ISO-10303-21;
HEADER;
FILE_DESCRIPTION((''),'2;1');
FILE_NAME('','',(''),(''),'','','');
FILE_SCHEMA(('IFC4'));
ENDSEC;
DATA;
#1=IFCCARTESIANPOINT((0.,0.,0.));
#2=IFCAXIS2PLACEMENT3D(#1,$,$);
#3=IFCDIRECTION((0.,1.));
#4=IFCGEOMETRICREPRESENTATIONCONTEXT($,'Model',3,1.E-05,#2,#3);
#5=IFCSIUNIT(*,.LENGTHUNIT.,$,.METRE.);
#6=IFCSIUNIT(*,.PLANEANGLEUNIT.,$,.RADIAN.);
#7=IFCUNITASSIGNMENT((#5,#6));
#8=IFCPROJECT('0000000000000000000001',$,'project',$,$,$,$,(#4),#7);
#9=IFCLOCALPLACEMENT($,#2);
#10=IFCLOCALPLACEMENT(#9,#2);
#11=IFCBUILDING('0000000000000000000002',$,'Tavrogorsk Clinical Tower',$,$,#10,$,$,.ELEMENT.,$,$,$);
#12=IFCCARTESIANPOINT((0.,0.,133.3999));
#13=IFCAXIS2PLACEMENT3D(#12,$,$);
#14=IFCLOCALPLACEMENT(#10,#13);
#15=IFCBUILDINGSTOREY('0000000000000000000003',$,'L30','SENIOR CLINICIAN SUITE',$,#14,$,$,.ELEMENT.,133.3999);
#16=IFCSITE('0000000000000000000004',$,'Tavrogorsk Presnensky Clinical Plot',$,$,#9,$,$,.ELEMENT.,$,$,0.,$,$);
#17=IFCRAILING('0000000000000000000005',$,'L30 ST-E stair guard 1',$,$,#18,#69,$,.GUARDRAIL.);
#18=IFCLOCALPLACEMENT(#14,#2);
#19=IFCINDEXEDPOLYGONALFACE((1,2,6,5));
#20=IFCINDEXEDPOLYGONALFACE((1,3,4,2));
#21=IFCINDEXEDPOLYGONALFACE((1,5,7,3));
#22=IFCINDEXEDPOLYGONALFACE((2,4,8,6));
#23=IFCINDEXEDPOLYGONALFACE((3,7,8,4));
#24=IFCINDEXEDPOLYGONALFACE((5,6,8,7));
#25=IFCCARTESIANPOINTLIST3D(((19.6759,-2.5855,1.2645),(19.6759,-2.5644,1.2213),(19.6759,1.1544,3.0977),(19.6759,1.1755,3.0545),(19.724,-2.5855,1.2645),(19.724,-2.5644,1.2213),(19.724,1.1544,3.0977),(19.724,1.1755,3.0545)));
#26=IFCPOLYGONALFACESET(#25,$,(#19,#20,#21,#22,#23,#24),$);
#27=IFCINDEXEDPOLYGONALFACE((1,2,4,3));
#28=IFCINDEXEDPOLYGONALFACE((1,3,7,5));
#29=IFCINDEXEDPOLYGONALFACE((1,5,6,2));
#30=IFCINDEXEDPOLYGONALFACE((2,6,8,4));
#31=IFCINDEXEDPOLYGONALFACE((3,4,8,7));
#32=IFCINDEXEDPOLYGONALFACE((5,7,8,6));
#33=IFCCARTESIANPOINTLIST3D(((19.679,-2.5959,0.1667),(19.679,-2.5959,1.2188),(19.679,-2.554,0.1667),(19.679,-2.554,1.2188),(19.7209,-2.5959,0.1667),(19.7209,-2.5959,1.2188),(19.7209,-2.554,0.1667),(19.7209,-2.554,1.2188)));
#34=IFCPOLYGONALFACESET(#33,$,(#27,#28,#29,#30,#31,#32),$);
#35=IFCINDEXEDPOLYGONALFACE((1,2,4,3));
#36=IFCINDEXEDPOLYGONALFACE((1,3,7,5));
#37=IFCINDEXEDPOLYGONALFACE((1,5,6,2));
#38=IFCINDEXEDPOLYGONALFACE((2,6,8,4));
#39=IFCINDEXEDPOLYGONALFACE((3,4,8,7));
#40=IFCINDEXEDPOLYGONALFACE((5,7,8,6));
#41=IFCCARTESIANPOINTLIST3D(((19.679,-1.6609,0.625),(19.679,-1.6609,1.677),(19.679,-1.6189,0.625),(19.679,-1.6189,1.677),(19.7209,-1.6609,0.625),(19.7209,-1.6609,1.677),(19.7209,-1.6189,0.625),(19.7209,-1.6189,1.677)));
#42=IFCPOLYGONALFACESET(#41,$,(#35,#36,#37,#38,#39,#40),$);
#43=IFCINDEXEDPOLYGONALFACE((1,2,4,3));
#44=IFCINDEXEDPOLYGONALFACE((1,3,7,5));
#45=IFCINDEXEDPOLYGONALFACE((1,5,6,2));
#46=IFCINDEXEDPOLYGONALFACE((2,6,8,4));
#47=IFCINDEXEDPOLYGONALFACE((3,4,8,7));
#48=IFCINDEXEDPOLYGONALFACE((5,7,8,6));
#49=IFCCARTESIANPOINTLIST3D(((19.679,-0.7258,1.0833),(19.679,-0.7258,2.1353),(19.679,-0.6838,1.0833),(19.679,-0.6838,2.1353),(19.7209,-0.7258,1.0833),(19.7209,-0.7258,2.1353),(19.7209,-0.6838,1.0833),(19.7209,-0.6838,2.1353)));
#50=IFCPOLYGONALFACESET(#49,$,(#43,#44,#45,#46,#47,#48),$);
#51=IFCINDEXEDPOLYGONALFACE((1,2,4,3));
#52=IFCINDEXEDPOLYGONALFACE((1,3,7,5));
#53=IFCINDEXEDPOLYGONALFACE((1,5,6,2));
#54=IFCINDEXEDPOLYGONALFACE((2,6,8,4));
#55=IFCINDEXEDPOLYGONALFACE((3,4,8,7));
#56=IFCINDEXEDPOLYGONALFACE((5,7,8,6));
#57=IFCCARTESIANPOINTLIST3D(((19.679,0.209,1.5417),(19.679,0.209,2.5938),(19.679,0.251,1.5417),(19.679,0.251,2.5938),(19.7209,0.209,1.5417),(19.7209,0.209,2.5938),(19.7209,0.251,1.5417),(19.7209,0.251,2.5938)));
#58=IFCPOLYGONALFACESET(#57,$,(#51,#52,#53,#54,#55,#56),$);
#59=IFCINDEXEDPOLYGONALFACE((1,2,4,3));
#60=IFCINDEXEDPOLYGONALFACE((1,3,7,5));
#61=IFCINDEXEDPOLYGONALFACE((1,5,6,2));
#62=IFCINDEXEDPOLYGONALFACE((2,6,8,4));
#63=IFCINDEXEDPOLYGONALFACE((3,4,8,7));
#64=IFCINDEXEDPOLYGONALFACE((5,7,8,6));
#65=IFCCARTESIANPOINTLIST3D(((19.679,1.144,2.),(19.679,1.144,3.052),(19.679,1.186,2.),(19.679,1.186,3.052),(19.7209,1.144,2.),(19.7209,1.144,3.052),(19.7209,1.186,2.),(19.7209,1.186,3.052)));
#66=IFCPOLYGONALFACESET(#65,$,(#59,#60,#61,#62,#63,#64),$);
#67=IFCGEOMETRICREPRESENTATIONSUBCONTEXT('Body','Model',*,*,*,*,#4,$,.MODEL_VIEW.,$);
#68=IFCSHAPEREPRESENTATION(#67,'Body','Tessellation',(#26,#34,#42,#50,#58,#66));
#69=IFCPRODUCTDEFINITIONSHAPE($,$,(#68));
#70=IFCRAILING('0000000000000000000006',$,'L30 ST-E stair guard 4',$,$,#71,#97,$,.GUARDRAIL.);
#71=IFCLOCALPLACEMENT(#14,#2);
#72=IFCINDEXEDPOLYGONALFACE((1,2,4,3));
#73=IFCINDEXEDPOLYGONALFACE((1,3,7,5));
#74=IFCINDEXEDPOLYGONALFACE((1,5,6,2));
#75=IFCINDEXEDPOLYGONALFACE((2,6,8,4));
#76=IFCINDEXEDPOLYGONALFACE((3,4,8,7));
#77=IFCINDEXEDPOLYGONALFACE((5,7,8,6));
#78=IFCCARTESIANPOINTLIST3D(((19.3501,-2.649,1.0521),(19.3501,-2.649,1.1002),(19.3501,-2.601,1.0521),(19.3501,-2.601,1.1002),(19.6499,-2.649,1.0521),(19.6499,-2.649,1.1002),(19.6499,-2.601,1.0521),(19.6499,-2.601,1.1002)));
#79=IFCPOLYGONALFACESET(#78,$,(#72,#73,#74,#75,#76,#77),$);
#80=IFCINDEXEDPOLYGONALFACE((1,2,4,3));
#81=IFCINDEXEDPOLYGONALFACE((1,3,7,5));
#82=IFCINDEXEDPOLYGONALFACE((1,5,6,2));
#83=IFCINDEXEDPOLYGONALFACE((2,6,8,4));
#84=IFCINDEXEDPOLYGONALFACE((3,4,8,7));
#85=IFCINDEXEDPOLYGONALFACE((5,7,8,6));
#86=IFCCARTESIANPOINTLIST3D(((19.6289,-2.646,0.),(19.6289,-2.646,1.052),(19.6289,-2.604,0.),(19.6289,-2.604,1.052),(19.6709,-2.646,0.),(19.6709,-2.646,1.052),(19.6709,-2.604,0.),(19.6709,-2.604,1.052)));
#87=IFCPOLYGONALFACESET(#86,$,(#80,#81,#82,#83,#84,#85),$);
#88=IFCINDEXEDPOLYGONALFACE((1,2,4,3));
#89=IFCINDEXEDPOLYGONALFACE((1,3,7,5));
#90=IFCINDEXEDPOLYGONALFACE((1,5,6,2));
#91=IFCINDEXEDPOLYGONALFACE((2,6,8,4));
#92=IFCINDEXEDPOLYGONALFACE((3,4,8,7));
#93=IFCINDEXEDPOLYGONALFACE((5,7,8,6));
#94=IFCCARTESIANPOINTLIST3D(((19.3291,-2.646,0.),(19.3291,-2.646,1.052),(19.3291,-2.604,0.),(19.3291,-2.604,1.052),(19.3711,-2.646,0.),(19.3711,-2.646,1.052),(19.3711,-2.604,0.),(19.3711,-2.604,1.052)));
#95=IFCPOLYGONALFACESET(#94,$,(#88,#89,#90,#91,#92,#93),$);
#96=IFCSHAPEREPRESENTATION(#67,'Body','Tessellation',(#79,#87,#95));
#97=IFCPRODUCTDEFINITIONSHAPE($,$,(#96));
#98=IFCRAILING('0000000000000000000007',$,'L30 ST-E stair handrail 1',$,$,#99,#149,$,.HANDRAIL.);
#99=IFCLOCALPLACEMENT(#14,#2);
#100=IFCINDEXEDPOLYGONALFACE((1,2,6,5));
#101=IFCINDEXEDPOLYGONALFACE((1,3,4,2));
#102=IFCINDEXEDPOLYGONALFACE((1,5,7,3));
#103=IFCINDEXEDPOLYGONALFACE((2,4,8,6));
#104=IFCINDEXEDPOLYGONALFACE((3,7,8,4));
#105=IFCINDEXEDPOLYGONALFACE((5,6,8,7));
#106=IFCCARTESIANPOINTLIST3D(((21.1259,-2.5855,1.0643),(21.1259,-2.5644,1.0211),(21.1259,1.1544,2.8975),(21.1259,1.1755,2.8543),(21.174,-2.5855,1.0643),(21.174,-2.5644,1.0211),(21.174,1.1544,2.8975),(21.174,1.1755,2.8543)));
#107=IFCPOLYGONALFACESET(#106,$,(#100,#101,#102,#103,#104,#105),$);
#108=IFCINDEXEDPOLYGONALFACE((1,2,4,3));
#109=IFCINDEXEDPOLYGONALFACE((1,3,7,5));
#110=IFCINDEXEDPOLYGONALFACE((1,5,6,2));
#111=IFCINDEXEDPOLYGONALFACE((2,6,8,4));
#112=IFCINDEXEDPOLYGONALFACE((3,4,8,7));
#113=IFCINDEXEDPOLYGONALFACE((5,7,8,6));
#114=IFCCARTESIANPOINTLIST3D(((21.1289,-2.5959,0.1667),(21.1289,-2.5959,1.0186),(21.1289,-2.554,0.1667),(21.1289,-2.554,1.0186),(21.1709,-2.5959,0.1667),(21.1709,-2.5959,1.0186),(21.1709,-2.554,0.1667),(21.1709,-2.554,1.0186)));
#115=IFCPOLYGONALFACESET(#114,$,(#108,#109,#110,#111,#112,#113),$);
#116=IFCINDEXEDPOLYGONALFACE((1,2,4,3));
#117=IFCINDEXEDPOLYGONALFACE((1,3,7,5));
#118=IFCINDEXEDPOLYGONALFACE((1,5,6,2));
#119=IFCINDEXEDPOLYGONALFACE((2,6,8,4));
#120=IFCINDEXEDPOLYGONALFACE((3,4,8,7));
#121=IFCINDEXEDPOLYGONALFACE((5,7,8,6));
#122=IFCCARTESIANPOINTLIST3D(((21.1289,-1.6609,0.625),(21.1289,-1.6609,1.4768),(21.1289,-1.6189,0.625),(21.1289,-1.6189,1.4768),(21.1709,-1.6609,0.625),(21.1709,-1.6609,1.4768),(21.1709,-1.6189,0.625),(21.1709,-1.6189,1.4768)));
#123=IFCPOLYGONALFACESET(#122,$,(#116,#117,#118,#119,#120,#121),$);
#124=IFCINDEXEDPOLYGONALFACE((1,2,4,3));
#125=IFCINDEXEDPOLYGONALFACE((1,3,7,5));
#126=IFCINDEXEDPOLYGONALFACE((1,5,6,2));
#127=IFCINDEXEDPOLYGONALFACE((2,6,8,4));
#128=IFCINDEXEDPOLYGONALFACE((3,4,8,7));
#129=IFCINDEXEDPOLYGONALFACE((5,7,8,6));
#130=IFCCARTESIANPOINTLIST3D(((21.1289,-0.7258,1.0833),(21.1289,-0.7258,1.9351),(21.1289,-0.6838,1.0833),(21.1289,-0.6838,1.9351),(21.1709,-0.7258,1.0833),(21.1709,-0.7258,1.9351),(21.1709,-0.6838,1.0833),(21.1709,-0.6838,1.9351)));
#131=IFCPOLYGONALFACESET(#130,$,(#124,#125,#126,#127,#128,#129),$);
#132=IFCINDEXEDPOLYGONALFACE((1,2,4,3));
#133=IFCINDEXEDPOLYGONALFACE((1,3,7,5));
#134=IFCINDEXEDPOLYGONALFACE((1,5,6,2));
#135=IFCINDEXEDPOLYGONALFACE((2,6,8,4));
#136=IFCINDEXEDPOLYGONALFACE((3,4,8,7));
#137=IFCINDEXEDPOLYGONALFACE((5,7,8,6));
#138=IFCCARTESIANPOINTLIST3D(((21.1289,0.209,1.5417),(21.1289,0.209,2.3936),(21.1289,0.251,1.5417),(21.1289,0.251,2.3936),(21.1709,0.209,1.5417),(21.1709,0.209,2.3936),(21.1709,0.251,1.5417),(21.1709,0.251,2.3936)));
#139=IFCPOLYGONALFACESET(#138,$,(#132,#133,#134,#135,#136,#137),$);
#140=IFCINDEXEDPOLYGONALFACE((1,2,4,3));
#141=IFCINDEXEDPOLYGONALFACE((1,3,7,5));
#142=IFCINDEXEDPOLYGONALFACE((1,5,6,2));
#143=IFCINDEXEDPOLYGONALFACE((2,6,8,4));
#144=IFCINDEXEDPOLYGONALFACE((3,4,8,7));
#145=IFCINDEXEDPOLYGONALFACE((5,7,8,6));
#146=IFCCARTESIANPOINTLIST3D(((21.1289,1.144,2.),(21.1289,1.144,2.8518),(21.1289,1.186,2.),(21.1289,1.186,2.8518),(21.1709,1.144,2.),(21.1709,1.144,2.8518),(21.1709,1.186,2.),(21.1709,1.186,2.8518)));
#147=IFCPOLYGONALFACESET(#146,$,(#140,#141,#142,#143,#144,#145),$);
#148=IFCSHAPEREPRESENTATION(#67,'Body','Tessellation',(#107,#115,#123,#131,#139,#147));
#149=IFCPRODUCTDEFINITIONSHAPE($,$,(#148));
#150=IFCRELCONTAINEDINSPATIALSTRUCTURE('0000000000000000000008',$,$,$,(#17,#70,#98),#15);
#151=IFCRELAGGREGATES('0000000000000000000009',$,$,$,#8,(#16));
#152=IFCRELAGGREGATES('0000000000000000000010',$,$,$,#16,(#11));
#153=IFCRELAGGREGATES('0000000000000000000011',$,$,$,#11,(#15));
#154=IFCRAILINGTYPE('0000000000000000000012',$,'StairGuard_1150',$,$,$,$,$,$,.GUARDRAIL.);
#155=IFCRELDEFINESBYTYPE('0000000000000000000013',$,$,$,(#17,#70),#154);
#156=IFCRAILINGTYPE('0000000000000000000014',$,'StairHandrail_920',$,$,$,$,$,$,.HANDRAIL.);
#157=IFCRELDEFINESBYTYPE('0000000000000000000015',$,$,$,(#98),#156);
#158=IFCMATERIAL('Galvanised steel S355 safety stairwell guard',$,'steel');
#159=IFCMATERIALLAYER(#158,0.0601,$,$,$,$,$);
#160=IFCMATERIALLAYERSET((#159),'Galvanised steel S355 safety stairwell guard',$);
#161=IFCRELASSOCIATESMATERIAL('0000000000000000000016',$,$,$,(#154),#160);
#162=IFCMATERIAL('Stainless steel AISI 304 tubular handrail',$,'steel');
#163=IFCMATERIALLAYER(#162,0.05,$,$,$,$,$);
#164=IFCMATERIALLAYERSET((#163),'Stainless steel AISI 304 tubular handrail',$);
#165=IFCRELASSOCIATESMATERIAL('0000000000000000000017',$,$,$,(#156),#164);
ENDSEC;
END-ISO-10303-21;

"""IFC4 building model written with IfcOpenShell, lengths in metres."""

from ifc_helpers import new_model, si_unit, direction, frame, origin, origin_2d, place, context, subcontext, project, spatial, rectangle, extrude, material, layer, layer_set, type_object, element, save


model = new_model("IFC4")

# Units and contexts
model_context = context("Model", 3, precision=1e-05, world=origin(), true_north=direction((0.0, 1.0)))
body_context = subcontext(model_context, "Body", "Model", "MODEL_VIEW")
ifc_project = project(units=[si_unit("LENGTHUNIT", "METRE"), si_unit("PLANEANGLEUNIT", "RADIAN")], contexts=[model_context])

# Site, building, storey
site_placement = place(None, origin())
site = spatial("IfcSite", under=ifc_project, at=site_placement, Name="Tavrogorsk Presnensky Clinical Plot", CompositionType="ELEMENT", RefElevation=0.0)
building_placement = place(site_placement, origin())
building = spatial("IfcBuilding", under=site, at=building_placement, Name="Tavrogorsk Clinical Tower", CompositionType="ELEMENT")
storey_placement = place(building_placement, frame((0.0, 0.0, 133.3999)))
storey = spatial("IfcBuildingStorey", under=building, at=storey_placement, Name="L30", Description="SENIOR CLINICIAN SUITE", CompositionType="ELEMENT", Elevation=133.3999)

# Railings
ifc_material_1 = material(Name="Galvanised steel S355 safety stairwell guard", Category="steel")
ifc_layer_1 = layer(ifc_material_1, 0.0601)
ifc_layer_set_1 = layer_set([ifc_layer_1], Name="Galvanised steel S355 safety stairwell guard")
railing_type_1 = type_object("IfcRailingType", Name="StairGuard_1150", PredefinedType="GUARDRAIL", material=ifc_layer_set_1)
railing_1_placement = place(storey_placement, frame((19.7, -2.575, 0.1667)))
element("IfcRailing", 1, at=railing_1_placement, inside=storey, type_object=railing_type_1, Name="L30 ST-E stair guard 1", PredefinedType="GUARDRAIL", context=body_context, shape_type="SweptSolid", body=[
    extrude(rectangle(XDim=0.0481, YDim=0.0481, at=origin_2d()), frame((0.0, 0.0, 1.0762), z_axis=(0.0, 0.897928, 0.440142), x_axis=(-1.0, 0.0, 0.0)), (0.0, 0.0, 1.0), 4.165),
    extrude(rectangle(XDim=0.042, YDim=0.042, at=origin_2d()), origin(), (0.0, 0.0, 1.0), 1.052),
    extrude(rectangle(XDim=0.042, YDim=0.042, at=origin_2d()), frame((0.0, 0.9351, 0.4583)), (0.0, 0.0, 1.0), 1.052),
    extrude(rectangle(XDim=0.042, YDim=0.042, at=origin_2d()), frame((0.0, 1.8701, 0.9165)), (0.0, 0.0, 1.0), 1.052),
    extrude(rectangle(XDim=0.042, YDim=0.042, at=origin_2d()), frame((0.0, 2.8049, 1.375)), (0.0, 0.0, 1.0), 1.052),
    extrude(rectangle(XDim=0.042, YDim=0.042, at=origin_2d()), frame((0.0, 3.74, 1.8333)), (0.0, 0.0, 1.0), 1.052),
])
railing_2_placement = place(storey_placement, frame((19.6499, -2.625, 0.0)))
element("IfcRailing", 2, at=railing_2_placement, inside=storey, type_object=railing_type_1, Name="L30 ST-E stair guard 4", PredefinedType="GUARDRAIL", context=body_context, shape_type="SweptSolid", body=[
    extrude(rectangle(XDim=0.0481, YDim=0.0481, at=origin_2d()), frame((0.0, 0.0, 1.0762), z_axis=(-1.0, 0.0, 0.0), x_axis=(0.0, -1.0, 0.0)), (0.0, 0.0, 1.0), 0.2998),
    extrude(rectangle(XDim=0.042, YDim=0.042, at=origin_2d()), origin(), (0.0, 0.0, 1.0), 1.052),
    extrude(rectangle(XDim=0.042, YDim=0.042, at=origin_2d()), frame((-0.2998, 0.0, 0.0)), (0.0, 0.0, 1.0), 1.052),
])
ifc_material_2 = material(Name="Stainless steel AISI 304 tubular handrail", Category="steel")
ifc_layer_2 = layer(ifc_material_2, 0.05)
ifc_layer_set_2 = layer_set([ifc_layer_2], Name="Stainless steel AISI 304 tubular handrail")
railing_type_2 = type_object("IfcRailingType", Name="StairHandrail_920", PredefinedType="HANDRAIL", material=ifc_layer_set_2)
railing_3_placement = place(storey_placement, frame((21.1499, -2.575, 0.1667)))
element("IfcRailing", 3, at=railing_3_placement, inside=storey, type_object=railing_type_2, Name="L30 ST-E stair handrail 1", PredefinedType="HANDRAIL", context=body_context, shape_type="SweptSolid", body=[
    extrude(rectangle(XDim=0.0481, YDim=0.0481, at=origin_2d()), frame((0.0, 0.0, 0.876), z_axis=(0.0, 0.897928, 0.440142), x_axis=(-1.0, 0.0, 0.0)), (0.0, 0.0, 1.0), 4.165),
    extrude(rectangle(XDim=0.042, YDim=0.042, at=origin_2d()), origin(), (0.0, 0.0, 1.0), 0.8518),
    extrude(rectangle(XDim=0.042, YDim=0.042, at=origin_2d()), frame((0.0, 0.9351, 0.4583)), (0.0, 0.0, 1.0), 0.8518),
    extrude(rectangle(XDim=0.042, YDim=0.042, at=origin_2d()), frame((0.0, 1.8701, 0.9165)), (0.0, 0.0, 1.0), 0.8518),
    extrude(rectangle(XDim=0.042, YDim=0.042, at=origin_2d()), frame((0.0, 2.8049, 1.375)), (0.0, 0.0, 1.0), 0.8518),
    extrude(rectangle(XDim=0.042, YDim=0.042, at=origin_2d()), frame((0.0, 3.74, 1.8333)), (0.0, 0.0, 1.0), 0.8518),
])

save(model, "model.ifc")
